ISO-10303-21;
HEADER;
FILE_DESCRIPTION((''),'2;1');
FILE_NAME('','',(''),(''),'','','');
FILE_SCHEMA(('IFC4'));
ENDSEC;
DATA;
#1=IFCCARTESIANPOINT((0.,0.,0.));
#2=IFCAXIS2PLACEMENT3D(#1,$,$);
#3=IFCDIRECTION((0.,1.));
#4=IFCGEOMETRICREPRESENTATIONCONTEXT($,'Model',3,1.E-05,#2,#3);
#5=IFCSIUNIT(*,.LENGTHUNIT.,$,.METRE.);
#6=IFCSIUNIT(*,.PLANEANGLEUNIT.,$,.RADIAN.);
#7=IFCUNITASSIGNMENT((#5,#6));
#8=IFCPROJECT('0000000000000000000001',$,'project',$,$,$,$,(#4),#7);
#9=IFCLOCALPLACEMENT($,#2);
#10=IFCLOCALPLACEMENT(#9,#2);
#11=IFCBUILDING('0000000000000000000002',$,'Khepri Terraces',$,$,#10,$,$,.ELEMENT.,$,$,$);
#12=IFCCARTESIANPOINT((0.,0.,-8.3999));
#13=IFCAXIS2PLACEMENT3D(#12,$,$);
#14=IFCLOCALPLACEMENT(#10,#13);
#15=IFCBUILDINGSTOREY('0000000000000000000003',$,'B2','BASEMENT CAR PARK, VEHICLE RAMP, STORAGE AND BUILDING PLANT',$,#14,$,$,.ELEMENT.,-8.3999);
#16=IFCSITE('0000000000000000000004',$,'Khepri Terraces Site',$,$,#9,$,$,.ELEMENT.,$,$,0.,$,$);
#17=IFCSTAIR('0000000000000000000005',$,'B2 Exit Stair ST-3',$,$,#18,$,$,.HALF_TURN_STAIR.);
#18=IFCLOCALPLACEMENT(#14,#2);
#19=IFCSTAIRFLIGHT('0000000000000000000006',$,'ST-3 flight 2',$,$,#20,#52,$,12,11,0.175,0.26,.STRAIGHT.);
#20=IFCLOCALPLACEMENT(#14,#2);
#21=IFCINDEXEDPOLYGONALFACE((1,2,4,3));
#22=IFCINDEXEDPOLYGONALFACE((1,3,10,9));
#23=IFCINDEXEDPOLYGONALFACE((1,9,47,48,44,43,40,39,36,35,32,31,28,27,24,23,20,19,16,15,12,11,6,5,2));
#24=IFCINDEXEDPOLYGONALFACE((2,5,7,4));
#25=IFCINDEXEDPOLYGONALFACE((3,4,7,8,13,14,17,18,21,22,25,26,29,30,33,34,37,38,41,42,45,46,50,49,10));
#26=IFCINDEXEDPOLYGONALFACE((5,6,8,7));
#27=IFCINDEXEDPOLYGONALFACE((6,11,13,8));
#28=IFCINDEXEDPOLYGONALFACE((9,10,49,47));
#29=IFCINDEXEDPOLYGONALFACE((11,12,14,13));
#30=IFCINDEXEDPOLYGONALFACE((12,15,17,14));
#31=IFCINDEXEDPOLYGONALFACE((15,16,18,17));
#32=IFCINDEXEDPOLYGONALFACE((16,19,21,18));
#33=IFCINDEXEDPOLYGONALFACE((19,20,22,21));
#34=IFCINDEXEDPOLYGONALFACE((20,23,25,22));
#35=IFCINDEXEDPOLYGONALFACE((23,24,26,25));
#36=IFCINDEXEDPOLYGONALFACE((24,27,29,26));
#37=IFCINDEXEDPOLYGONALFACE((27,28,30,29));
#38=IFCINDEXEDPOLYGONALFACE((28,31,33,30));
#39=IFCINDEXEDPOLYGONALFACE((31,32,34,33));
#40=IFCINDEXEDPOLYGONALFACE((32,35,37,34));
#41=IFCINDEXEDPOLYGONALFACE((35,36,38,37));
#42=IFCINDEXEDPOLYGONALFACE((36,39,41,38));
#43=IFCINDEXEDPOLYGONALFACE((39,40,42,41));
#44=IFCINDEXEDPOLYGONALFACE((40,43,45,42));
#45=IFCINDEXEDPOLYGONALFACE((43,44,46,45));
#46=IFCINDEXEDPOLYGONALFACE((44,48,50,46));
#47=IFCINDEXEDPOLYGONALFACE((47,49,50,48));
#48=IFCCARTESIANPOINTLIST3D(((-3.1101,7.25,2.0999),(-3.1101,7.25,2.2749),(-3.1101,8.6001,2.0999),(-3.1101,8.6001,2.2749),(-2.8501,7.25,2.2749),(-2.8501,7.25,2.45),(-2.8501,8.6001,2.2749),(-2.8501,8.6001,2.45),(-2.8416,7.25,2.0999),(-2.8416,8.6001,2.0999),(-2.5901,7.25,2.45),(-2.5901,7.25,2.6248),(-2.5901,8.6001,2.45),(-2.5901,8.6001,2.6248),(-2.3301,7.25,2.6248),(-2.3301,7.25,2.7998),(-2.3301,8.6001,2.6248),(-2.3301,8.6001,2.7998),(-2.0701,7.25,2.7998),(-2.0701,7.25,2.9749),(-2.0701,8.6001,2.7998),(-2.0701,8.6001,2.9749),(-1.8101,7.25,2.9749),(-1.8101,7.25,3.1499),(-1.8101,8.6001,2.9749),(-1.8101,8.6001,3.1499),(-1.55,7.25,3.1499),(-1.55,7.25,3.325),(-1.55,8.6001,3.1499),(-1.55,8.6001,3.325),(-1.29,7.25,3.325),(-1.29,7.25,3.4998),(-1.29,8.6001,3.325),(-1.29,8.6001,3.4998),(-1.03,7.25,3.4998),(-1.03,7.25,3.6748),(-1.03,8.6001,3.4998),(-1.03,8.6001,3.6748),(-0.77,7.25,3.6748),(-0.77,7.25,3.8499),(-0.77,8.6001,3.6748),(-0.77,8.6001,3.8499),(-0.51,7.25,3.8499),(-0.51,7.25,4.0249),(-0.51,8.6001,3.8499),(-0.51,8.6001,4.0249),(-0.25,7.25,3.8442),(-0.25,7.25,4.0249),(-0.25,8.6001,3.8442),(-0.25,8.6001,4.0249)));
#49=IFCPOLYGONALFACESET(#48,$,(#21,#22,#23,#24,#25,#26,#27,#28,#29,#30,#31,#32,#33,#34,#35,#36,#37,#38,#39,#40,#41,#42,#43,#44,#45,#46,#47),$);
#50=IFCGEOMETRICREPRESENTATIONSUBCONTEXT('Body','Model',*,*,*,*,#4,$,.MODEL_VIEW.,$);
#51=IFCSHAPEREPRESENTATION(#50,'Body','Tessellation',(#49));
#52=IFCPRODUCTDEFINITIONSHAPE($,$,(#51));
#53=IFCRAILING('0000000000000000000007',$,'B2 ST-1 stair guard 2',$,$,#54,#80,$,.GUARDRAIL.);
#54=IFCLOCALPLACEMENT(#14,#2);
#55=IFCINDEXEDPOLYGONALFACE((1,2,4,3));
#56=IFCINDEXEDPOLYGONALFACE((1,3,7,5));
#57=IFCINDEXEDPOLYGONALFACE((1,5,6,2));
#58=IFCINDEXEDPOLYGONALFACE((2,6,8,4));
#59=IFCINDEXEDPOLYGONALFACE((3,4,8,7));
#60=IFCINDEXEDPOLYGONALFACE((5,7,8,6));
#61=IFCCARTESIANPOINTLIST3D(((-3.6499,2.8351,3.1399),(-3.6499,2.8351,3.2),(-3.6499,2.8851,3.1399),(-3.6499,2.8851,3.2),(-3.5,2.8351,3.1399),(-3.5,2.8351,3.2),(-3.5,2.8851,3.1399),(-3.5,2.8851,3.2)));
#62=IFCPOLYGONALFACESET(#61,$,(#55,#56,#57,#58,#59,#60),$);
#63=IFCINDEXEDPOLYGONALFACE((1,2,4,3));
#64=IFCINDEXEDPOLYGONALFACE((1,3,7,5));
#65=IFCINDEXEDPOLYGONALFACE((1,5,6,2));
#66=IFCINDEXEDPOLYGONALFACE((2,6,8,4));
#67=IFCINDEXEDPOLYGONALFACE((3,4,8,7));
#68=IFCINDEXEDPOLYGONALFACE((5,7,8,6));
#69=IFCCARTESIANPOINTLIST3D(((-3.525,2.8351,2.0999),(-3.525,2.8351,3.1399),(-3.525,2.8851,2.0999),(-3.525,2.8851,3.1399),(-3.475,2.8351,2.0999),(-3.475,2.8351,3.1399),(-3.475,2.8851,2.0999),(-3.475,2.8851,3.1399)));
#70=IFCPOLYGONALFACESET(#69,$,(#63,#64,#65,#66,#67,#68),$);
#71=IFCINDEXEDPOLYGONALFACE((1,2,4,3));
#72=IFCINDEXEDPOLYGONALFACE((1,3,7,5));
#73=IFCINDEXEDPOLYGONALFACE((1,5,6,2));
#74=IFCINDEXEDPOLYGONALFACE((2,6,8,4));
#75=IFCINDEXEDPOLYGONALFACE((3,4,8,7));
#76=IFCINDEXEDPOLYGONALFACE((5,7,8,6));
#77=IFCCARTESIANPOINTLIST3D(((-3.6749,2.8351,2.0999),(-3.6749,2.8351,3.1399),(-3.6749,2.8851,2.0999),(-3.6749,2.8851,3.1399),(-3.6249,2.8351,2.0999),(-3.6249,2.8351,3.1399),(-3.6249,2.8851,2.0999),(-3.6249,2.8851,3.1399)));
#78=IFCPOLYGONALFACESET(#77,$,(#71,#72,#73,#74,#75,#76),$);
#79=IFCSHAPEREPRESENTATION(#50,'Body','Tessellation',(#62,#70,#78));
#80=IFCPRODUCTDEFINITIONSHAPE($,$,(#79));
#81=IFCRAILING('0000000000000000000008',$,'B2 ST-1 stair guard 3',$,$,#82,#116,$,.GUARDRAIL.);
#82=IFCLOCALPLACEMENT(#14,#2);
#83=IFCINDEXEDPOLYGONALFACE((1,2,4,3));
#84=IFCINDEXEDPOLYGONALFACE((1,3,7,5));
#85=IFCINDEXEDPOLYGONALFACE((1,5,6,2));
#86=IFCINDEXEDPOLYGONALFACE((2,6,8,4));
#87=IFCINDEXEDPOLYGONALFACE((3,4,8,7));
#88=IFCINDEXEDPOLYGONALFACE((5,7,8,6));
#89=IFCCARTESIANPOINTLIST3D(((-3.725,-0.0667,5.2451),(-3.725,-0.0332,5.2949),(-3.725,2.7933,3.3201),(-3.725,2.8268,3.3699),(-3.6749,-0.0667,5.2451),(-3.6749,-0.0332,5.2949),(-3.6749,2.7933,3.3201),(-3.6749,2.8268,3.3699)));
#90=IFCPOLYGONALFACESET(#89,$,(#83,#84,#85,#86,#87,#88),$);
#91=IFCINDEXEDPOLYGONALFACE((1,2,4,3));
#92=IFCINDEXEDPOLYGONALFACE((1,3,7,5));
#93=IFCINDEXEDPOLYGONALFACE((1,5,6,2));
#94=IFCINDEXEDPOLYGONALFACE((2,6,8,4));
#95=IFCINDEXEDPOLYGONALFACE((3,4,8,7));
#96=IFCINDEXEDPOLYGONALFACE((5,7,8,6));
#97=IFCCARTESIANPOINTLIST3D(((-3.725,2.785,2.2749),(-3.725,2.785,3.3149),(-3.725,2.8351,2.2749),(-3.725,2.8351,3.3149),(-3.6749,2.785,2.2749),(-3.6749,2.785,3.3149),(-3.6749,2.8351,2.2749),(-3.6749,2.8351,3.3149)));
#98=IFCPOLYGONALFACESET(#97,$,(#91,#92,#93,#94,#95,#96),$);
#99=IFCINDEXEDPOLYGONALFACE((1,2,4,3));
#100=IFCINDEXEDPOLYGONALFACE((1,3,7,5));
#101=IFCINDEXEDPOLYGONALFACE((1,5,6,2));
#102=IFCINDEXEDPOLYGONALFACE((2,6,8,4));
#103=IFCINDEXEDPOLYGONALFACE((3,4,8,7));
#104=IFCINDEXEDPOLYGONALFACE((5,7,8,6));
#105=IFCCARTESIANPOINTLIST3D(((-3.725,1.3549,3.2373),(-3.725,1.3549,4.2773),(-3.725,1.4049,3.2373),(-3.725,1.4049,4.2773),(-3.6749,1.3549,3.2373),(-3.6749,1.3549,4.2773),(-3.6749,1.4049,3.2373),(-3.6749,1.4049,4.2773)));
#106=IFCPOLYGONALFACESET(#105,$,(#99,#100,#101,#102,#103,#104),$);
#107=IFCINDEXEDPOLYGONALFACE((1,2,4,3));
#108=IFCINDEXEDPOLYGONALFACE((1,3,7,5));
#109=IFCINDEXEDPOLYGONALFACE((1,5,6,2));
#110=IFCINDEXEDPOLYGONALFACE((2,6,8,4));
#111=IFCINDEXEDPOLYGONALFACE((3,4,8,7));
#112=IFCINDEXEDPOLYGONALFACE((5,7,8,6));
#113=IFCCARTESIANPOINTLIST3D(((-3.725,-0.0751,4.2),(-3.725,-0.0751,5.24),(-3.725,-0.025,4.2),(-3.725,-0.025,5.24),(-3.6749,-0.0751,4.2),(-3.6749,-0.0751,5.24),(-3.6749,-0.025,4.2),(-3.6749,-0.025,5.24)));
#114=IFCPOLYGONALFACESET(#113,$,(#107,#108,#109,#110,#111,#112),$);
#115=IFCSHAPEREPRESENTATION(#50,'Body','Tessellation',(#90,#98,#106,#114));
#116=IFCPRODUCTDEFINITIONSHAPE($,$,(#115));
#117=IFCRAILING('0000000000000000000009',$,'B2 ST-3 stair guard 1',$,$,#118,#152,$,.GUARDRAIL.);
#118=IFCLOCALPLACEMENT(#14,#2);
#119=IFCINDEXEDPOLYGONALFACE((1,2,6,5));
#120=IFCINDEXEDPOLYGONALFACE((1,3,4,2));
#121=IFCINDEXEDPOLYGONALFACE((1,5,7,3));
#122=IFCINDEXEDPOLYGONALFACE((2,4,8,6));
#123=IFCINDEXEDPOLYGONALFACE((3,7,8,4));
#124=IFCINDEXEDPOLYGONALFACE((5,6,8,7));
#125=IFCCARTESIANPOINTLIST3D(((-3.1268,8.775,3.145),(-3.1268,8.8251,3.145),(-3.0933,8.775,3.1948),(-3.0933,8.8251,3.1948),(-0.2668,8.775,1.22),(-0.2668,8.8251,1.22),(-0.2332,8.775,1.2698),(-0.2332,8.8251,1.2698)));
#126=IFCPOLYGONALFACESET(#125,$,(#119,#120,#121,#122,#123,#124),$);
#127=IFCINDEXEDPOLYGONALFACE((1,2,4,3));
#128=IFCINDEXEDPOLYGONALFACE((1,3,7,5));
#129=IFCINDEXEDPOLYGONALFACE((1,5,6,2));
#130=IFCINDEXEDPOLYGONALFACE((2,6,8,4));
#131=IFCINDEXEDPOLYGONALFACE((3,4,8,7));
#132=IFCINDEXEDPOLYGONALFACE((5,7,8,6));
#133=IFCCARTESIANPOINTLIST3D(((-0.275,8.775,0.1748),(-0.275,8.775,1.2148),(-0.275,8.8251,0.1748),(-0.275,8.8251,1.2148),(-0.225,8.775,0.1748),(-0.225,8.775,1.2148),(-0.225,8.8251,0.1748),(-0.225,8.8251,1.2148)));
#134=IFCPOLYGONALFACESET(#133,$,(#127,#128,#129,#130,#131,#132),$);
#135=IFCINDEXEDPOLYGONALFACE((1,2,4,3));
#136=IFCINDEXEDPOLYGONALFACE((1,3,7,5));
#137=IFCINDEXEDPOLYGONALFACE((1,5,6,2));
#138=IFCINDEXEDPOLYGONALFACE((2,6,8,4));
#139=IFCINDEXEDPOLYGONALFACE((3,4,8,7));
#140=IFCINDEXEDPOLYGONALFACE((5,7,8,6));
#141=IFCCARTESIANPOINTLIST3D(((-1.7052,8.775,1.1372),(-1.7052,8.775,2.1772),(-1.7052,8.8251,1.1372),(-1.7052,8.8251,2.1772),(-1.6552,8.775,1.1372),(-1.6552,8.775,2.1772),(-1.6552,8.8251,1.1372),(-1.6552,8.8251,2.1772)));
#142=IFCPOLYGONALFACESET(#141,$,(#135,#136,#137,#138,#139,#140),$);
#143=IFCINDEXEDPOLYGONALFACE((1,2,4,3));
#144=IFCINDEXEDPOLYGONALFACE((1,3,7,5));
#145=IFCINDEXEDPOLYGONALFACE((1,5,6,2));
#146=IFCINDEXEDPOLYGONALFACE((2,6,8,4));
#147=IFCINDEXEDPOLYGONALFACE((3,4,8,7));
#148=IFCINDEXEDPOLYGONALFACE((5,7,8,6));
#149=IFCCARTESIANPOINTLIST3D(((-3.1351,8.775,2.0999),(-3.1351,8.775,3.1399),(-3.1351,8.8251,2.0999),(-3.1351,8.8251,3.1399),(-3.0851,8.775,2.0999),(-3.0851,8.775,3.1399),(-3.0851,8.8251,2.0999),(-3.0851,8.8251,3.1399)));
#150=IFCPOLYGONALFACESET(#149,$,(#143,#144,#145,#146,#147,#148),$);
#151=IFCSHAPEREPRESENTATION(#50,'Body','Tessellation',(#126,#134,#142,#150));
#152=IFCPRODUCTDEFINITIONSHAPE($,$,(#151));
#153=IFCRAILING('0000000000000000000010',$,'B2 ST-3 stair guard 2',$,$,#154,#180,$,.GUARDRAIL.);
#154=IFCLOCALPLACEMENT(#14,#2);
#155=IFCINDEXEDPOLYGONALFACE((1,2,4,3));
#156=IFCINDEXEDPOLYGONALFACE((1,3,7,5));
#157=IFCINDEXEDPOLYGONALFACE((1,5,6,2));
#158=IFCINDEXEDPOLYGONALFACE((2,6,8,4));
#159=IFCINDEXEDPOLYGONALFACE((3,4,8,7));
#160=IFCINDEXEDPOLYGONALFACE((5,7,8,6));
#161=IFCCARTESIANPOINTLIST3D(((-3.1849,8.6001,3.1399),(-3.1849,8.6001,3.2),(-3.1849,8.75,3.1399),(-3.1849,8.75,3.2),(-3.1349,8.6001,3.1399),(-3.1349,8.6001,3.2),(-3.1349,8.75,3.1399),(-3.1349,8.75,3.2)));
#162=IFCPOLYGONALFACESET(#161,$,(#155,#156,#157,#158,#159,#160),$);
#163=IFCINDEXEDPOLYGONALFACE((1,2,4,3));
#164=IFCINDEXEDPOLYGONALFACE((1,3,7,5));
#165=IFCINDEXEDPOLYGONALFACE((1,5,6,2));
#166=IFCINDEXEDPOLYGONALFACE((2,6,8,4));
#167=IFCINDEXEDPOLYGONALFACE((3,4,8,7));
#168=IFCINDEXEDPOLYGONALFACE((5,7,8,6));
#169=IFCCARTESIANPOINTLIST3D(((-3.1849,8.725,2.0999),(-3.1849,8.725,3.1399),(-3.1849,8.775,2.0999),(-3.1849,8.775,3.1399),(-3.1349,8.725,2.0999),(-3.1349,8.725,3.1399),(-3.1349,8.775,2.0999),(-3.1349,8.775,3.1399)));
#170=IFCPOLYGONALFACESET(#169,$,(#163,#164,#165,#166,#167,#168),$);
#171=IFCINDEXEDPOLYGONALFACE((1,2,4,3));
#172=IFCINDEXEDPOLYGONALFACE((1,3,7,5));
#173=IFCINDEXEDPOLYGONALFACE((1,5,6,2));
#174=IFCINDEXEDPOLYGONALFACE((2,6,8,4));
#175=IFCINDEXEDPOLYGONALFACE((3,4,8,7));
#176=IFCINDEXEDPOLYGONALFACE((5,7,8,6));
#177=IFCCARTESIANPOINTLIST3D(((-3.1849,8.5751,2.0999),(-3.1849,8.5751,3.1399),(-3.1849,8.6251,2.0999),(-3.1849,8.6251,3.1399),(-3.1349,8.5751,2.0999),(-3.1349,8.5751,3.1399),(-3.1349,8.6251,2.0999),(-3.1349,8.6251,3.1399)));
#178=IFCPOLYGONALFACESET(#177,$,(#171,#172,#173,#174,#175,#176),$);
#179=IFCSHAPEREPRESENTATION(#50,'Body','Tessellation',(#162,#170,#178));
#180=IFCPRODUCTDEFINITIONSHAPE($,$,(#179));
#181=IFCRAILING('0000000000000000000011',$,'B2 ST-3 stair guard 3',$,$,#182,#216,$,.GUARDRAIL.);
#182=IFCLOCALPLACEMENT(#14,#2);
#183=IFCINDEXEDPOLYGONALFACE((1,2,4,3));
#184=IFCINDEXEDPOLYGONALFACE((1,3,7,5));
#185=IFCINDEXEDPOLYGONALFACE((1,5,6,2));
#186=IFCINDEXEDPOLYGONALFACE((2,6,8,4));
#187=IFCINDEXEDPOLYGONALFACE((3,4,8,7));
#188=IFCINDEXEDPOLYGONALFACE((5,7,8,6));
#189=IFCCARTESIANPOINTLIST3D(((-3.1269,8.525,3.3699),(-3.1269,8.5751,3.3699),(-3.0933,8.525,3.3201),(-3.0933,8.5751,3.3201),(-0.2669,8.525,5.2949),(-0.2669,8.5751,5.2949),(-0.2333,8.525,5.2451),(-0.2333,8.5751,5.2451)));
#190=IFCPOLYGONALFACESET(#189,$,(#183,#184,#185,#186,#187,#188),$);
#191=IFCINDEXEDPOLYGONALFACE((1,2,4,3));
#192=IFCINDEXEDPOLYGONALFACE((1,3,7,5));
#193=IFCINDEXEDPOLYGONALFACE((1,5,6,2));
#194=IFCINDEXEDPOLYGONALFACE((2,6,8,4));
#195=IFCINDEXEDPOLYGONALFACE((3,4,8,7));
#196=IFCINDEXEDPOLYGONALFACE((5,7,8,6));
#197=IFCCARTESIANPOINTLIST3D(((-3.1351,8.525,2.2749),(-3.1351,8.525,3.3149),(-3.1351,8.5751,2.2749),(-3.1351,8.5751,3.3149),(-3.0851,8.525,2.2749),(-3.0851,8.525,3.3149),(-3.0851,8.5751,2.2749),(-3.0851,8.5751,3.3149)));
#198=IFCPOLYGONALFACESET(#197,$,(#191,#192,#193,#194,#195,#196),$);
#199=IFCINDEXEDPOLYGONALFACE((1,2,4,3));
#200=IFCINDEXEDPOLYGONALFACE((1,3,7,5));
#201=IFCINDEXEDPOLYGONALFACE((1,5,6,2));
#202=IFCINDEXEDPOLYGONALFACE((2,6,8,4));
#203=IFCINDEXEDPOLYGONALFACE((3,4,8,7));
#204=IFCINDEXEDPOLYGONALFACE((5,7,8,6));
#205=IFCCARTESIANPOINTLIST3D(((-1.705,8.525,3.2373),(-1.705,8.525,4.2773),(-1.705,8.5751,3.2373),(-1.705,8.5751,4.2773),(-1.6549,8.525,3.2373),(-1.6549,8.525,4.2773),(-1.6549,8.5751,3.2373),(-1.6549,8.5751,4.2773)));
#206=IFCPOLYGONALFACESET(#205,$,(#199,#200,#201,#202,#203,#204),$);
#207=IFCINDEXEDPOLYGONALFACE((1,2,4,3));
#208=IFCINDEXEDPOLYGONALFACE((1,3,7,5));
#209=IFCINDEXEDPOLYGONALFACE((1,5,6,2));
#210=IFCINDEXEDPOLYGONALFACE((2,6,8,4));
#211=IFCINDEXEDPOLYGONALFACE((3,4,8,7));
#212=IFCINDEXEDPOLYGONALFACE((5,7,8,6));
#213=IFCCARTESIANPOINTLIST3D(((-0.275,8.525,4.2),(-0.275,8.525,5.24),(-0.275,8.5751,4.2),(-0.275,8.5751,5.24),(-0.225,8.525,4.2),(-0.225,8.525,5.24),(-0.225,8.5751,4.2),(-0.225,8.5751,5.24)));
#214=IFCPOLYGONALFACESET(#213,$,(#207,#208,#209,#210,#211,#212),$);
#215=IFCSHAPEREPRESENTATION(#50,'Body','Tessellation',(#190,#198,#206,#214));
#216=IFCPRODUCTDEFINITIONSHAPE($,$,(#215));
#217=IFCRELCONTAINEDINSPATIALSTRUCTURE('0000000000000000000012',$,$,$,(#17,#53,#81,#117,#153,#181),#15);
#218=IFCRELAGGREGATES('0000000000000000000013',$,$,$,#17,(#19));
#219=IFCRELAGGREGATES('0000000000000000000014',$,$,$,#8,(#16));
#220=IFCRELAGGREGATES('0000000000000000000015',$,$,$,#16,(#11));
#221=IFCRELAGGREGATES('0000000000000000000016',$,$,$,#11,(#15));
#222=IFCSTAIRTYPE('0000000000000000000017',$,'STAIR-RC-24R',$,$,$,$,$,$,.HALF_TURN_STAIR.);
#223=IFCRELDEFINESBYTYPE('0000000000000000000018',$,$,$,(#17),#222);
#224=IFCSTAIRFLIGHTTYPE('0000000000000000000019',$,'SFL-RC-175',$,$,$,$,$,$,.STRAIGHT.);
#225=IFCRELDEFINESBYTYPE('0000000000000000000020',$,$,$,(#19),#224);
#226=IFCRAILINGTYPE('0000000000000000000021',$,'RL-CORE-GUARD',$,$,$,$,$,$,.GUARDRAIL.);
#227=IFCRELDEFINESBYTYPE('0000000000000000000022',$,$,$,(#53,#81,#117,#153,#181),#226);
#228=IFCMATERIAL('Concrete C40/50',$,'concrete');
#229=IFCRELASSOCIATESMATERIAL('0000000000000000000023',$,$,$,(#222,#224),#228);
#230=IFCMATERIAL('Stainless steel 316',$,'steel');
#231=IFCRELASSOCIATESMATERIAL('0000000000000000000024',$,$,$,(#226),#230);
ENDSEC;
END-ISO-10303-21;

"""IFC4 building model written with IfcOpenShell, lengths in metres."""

from ifc_helpers import new_model, si_unit, direction, frame, origin, origin_2d, place, context, subcontext, project, spatial, polyline, rectangle, outline, extrude, material, type_object, element, aggregate, save


model = new_model("IFC4")

# Units and contexts
model_context = context("Model", 3, precision=1e-05, world=origin(), true_north=direction((0.0, 1.0)))
body_context = subcontext(model_context, "Body", "Model", "MODEL_VIEW")
ifc_project = project(units=[si_unit("LENGTHUNIT", "METRE"), si_unit("PLANEANGLEUNIT", "RADIAN")], contexts=[model_context])

# Site, building, storey
site_placement = place(None, origin())
site = spatial("IfcSite", under=ifc_project, at=site_placement, Name="Khepri Terraces Site", CompositionType="ELEMENT", RefElevation=0.0)
building_placement = place(site_placement, origin())
building = spatial("IfcBuilding", under=site, at=building_placement, Name="Khepri Terraces", CompositionType="ELEMENT")
storey_placement = place(building_placement, frame((0.0, 0.0, -8.3999)))
storey = spatial("IfcBuildingStorey", under=building, at=storey_placement, Name="B2", Description="BASEMENT CAR PARK, VEHICLE RAMP, STORAGE AND BUILDING PLANT", CompositionType="ELEMENT", Elevation=-8.3999)

# Shared definitions
ifc_material_1 = material(Name="Concrete C40/50", Category="concrete")
stair_type = type_object("IfcStairType", Name="STAIR-RC-24R", PredefinedType="HALF_TURN_STAIR", material=ifc_material_1)
stair_flight_type = type_object("IfcStairFlightType", Name="SFL-RC-175", PredefinedType="STRAIGHT", material=ifc_material_1)

# Stair, stair flight
stair_1_placement = place(storey_placement, origin())
stair_1 = element("IfcStair", 1, at=stair_1_placement, inside=storey, type_object=stair_type, Name="B2 Exit Stair ST-3", PredefinedType="HALF_TURN_STAIR")
stair_flight_1_placement = place(storey_placement, frame((-3.1101, 7.925, 2.0999), z_axis=(0.0, 0.0, 1.0), x_axis=(1.0, 0.0, 0.0)))
stair_flight_1 = element("IfcStairFlight", 2, at=stair_flight_1_placement, type_object=stair_flight_type, Name="ST-3 flight 2", NumberOfRisers=12, NumberOfTreads=11, PredefinedType="STRAIGHT", RiserHeight=0.175, TreadLength=0.26, context=body_context, shape_type="SweptSolid", body=[
    extrude(outline(polyline([(0.0, 0.0), (0.0, 0.175), (0.26, 0.175), (0.26, 0.3501), (0.52, 0.3501), (0.52, 0.5249), (0.78, 0.5249), (0.78, 0.7), (1.04, 0.7), (1.04, 0.875), (1.3, 0.875), (1.3, 1.05), (1.5601, 1.05), (1.5601, 1.2251), (1.8201, 1.2251), (1.8201, 1.3999), (2.0801, 1.3999), (2.0801, 1.575), (2.3401, 1.575), (2.3401, 1.75), (2.6001, 1.75), (2.6001, 1.925), (2.8601, 1.925), (2.8601, 2.1001), (2.8601, 1.7444), (0.2686, 0.0), (0.0, 0.0)])), frame((0.0, 0.675, 0.0), z_axis=(0.0, -1.0, 0.0), x_axis=(1.0, 0.0, 0.0)), (0.0, 0.0, 1.0), 1.3501),
])
aggregate(stair_1, [stair_flight_1])

# Railings
ifc_material_2 = material(Name="Stainless steel 316", Category="steel")
railing_type_1 = type_object("IfcRailingType", Name="RL-CORE-GUARD", PredefinedType="GUARDRAIL", material=ifc_material_2)
railing_1_placement = place(storey_placement, frame((-3.5, 2.8601, 2.0999)))
element("IfcRailing", 3, at=railing_1_placement, inside=storey, type_object=railing_type_1, Name="B2 ST-1 stair guard 2", PredefinedType="GUARDRAIL", context=body_context, shape_type="SweptSolid", body=[
    extrude(rectangle(XDim=0.05, YDim=0.0601, at=origin_2d()), frame((0.0, 0.0, 1.0701), z_axis=(-1.0, 0.0, 0.0), x_axis=(0.0, -1.0, 0.0)), (0.0, 0.0, 1.0), 0.1499),
    extrude(rectangle(XDim=0.05, YDim=0.05, at=origin_2d()), origin(), (0.0, 0.0, 1.0), 1.04),
    extrude(rectangle(XDim=0.05, YDim=0.05, at=origin_2d()), frame((-0.1499, 0.0, 0.0)), (0.0, 0.0, 1.0), 1.04),
])
railing_2_placement = place(storey_placement, frame((-3.7, 2.8101, 2.2749)))
element("IfcRailing", 4, at=railing_2_placement, inside=storey, type_object=railing_type_1, Name="B2 ST-1 stair guard 3", PredefinedType="GUARDRAIL", context=body_context, shape_type="SweptSolid", body=[
    extrude(rectangle(XDim=0.05, YDim=0.0601, at=origin_2d()), frame((0.0, 0.0, 1.0701), z_axis=(0.0, -0.829591, 0.558372), x_axis=(1.0, 0.0, 0.0)), (0.0, 0.0, 1.0), 3.4475),
    extrude(rectangle(XDim=0.05, YDim=0.05, at=origin_2d()), origin(), (0.0, 0.0, 1.0), 1.04),
    extrude(rectangle(XDim=0.05, YDim=0.05, at=origin_2d()), frame((0.0, -1.4302, 0.9624)), (0.0, 0.0, 1.0), 1.04),
    extrude(rectangle(XDim=0.05, YDim=0.05, at=origin_2d()), frame((0.0, -2.8601, 1.925)), (0.0, 0.0, 1.0), 1.04),
])
railing_3_placement = place(storey_placement, frame((-0.25, 8.8, 0.1748)))
element("IfcRailing", 5, at=railing_3_placement, inside=storey, type_object=railing_type_1, Name="B2 ST-3 stair guard 1", PredefinedType="GUARDRAIL", context=body_context, shape_type="SweptSolid", body=[
    extrude(rectangle(XDim=0.05, YDim=0.0601, at=origin_2d()), frame((0.0, 0.0, 1.0701), z_axis=(-0.829591, 0.0, 0.558372), x_axis=(0.0, -1.0, 0.0)), (0.0, 0.0, 1.0), 3.4475),
    extrude(rectangle(XDim=0.05, YDim=0.05, at=origin_2d()), origin(), (0.0, 0.0, 1.0), 1.04),
    extrude(rectangle(XDim=0.05, YDim=0.05, at=origin_2d()), frame((-1.4302, 0.0, 0.9624)), (0.0, 0.0, 1.0), 1.04),
    extrude(rectangle(XDim=0.05, YDim=0.05, at=origin_2d()), frame((-2.8601, 0.0, 1.925)), (0.0, 0.0, 1.0), 1.04),
])
railing_4_placement = place(storey_placement, frame((-3.1599, 8.75, 2.0999)))
element("IfcRailing", 6, at=railing_4_placement, inside=storey, type_object=railing_type_1, Name="B2 ST-3 stair guard 2", PredefinedType="GUARDRAIL", context=body_context, shape_type="SweptSolid", body=[
    extrude(rectangle(XDim=0.05, YDim=0.0601, at=origin_2d()), frame((0.0, 0.0, 1.0701), z_axis=(0.0, -1.0, 0.0), x_axis=(1.0, 0.0, 0.0)), (0.0, 0.0, 1.0), 0.1499),
    extrude(rectangle(XDim=0.05, YDim=0.05, at=origin_2d()), origin(), (0.0, 0.0, 1.0), 1.04),
    extrude(rectangle(XDim=0.05, YDim=0.05, at=origin_2d()), frame((0.0, -0.1499, 0.0)), (0.0, 0.0, 1.0), 1.04),
])
railing_5_placement = place(storey_placement, frame((-3.1101, 8.55, 2.2749)))
element("IfcRailing", 7, at=railing_5_placement, inside=storey, type_object=railing_type_1, Name="B2 ST-3 stair guard 3", PredefinedType="GUARDRAIL", context=body_context, shape_type="SweptSolid", body=[
    extrude(rectangle(XDim=0.05, YDim=0.0601, at=origin_2d()), frame((0.0, 0.0, 1.0701), z_axis=(0.829591, 0.0, 0.558372), x_axis=(0.0, 1.0, 0.0)), (0.0, 0.0, 1.0), 3.4475),
    extrude(rectangle(XDim=0.05, YDim=0.05, at=origin_2d()), origin(), (0.0, 0.0, 1.0), 1.04),
    extrude(rectangle(XDim=0.05, YDim=0.05, at=origin_2d()), frame((1.4302, 0.0, 0.9624)), (0.0, 0.0, 1.0), 1.04),
    extrude(rectangle(XDim=0.05, YDim=0.05, at=origin_2d()), frame((2.8601, 0.0, 1.925)), (0.0, 0.0, 1.0), 1.04),
])

save(model, "model.ifc")
